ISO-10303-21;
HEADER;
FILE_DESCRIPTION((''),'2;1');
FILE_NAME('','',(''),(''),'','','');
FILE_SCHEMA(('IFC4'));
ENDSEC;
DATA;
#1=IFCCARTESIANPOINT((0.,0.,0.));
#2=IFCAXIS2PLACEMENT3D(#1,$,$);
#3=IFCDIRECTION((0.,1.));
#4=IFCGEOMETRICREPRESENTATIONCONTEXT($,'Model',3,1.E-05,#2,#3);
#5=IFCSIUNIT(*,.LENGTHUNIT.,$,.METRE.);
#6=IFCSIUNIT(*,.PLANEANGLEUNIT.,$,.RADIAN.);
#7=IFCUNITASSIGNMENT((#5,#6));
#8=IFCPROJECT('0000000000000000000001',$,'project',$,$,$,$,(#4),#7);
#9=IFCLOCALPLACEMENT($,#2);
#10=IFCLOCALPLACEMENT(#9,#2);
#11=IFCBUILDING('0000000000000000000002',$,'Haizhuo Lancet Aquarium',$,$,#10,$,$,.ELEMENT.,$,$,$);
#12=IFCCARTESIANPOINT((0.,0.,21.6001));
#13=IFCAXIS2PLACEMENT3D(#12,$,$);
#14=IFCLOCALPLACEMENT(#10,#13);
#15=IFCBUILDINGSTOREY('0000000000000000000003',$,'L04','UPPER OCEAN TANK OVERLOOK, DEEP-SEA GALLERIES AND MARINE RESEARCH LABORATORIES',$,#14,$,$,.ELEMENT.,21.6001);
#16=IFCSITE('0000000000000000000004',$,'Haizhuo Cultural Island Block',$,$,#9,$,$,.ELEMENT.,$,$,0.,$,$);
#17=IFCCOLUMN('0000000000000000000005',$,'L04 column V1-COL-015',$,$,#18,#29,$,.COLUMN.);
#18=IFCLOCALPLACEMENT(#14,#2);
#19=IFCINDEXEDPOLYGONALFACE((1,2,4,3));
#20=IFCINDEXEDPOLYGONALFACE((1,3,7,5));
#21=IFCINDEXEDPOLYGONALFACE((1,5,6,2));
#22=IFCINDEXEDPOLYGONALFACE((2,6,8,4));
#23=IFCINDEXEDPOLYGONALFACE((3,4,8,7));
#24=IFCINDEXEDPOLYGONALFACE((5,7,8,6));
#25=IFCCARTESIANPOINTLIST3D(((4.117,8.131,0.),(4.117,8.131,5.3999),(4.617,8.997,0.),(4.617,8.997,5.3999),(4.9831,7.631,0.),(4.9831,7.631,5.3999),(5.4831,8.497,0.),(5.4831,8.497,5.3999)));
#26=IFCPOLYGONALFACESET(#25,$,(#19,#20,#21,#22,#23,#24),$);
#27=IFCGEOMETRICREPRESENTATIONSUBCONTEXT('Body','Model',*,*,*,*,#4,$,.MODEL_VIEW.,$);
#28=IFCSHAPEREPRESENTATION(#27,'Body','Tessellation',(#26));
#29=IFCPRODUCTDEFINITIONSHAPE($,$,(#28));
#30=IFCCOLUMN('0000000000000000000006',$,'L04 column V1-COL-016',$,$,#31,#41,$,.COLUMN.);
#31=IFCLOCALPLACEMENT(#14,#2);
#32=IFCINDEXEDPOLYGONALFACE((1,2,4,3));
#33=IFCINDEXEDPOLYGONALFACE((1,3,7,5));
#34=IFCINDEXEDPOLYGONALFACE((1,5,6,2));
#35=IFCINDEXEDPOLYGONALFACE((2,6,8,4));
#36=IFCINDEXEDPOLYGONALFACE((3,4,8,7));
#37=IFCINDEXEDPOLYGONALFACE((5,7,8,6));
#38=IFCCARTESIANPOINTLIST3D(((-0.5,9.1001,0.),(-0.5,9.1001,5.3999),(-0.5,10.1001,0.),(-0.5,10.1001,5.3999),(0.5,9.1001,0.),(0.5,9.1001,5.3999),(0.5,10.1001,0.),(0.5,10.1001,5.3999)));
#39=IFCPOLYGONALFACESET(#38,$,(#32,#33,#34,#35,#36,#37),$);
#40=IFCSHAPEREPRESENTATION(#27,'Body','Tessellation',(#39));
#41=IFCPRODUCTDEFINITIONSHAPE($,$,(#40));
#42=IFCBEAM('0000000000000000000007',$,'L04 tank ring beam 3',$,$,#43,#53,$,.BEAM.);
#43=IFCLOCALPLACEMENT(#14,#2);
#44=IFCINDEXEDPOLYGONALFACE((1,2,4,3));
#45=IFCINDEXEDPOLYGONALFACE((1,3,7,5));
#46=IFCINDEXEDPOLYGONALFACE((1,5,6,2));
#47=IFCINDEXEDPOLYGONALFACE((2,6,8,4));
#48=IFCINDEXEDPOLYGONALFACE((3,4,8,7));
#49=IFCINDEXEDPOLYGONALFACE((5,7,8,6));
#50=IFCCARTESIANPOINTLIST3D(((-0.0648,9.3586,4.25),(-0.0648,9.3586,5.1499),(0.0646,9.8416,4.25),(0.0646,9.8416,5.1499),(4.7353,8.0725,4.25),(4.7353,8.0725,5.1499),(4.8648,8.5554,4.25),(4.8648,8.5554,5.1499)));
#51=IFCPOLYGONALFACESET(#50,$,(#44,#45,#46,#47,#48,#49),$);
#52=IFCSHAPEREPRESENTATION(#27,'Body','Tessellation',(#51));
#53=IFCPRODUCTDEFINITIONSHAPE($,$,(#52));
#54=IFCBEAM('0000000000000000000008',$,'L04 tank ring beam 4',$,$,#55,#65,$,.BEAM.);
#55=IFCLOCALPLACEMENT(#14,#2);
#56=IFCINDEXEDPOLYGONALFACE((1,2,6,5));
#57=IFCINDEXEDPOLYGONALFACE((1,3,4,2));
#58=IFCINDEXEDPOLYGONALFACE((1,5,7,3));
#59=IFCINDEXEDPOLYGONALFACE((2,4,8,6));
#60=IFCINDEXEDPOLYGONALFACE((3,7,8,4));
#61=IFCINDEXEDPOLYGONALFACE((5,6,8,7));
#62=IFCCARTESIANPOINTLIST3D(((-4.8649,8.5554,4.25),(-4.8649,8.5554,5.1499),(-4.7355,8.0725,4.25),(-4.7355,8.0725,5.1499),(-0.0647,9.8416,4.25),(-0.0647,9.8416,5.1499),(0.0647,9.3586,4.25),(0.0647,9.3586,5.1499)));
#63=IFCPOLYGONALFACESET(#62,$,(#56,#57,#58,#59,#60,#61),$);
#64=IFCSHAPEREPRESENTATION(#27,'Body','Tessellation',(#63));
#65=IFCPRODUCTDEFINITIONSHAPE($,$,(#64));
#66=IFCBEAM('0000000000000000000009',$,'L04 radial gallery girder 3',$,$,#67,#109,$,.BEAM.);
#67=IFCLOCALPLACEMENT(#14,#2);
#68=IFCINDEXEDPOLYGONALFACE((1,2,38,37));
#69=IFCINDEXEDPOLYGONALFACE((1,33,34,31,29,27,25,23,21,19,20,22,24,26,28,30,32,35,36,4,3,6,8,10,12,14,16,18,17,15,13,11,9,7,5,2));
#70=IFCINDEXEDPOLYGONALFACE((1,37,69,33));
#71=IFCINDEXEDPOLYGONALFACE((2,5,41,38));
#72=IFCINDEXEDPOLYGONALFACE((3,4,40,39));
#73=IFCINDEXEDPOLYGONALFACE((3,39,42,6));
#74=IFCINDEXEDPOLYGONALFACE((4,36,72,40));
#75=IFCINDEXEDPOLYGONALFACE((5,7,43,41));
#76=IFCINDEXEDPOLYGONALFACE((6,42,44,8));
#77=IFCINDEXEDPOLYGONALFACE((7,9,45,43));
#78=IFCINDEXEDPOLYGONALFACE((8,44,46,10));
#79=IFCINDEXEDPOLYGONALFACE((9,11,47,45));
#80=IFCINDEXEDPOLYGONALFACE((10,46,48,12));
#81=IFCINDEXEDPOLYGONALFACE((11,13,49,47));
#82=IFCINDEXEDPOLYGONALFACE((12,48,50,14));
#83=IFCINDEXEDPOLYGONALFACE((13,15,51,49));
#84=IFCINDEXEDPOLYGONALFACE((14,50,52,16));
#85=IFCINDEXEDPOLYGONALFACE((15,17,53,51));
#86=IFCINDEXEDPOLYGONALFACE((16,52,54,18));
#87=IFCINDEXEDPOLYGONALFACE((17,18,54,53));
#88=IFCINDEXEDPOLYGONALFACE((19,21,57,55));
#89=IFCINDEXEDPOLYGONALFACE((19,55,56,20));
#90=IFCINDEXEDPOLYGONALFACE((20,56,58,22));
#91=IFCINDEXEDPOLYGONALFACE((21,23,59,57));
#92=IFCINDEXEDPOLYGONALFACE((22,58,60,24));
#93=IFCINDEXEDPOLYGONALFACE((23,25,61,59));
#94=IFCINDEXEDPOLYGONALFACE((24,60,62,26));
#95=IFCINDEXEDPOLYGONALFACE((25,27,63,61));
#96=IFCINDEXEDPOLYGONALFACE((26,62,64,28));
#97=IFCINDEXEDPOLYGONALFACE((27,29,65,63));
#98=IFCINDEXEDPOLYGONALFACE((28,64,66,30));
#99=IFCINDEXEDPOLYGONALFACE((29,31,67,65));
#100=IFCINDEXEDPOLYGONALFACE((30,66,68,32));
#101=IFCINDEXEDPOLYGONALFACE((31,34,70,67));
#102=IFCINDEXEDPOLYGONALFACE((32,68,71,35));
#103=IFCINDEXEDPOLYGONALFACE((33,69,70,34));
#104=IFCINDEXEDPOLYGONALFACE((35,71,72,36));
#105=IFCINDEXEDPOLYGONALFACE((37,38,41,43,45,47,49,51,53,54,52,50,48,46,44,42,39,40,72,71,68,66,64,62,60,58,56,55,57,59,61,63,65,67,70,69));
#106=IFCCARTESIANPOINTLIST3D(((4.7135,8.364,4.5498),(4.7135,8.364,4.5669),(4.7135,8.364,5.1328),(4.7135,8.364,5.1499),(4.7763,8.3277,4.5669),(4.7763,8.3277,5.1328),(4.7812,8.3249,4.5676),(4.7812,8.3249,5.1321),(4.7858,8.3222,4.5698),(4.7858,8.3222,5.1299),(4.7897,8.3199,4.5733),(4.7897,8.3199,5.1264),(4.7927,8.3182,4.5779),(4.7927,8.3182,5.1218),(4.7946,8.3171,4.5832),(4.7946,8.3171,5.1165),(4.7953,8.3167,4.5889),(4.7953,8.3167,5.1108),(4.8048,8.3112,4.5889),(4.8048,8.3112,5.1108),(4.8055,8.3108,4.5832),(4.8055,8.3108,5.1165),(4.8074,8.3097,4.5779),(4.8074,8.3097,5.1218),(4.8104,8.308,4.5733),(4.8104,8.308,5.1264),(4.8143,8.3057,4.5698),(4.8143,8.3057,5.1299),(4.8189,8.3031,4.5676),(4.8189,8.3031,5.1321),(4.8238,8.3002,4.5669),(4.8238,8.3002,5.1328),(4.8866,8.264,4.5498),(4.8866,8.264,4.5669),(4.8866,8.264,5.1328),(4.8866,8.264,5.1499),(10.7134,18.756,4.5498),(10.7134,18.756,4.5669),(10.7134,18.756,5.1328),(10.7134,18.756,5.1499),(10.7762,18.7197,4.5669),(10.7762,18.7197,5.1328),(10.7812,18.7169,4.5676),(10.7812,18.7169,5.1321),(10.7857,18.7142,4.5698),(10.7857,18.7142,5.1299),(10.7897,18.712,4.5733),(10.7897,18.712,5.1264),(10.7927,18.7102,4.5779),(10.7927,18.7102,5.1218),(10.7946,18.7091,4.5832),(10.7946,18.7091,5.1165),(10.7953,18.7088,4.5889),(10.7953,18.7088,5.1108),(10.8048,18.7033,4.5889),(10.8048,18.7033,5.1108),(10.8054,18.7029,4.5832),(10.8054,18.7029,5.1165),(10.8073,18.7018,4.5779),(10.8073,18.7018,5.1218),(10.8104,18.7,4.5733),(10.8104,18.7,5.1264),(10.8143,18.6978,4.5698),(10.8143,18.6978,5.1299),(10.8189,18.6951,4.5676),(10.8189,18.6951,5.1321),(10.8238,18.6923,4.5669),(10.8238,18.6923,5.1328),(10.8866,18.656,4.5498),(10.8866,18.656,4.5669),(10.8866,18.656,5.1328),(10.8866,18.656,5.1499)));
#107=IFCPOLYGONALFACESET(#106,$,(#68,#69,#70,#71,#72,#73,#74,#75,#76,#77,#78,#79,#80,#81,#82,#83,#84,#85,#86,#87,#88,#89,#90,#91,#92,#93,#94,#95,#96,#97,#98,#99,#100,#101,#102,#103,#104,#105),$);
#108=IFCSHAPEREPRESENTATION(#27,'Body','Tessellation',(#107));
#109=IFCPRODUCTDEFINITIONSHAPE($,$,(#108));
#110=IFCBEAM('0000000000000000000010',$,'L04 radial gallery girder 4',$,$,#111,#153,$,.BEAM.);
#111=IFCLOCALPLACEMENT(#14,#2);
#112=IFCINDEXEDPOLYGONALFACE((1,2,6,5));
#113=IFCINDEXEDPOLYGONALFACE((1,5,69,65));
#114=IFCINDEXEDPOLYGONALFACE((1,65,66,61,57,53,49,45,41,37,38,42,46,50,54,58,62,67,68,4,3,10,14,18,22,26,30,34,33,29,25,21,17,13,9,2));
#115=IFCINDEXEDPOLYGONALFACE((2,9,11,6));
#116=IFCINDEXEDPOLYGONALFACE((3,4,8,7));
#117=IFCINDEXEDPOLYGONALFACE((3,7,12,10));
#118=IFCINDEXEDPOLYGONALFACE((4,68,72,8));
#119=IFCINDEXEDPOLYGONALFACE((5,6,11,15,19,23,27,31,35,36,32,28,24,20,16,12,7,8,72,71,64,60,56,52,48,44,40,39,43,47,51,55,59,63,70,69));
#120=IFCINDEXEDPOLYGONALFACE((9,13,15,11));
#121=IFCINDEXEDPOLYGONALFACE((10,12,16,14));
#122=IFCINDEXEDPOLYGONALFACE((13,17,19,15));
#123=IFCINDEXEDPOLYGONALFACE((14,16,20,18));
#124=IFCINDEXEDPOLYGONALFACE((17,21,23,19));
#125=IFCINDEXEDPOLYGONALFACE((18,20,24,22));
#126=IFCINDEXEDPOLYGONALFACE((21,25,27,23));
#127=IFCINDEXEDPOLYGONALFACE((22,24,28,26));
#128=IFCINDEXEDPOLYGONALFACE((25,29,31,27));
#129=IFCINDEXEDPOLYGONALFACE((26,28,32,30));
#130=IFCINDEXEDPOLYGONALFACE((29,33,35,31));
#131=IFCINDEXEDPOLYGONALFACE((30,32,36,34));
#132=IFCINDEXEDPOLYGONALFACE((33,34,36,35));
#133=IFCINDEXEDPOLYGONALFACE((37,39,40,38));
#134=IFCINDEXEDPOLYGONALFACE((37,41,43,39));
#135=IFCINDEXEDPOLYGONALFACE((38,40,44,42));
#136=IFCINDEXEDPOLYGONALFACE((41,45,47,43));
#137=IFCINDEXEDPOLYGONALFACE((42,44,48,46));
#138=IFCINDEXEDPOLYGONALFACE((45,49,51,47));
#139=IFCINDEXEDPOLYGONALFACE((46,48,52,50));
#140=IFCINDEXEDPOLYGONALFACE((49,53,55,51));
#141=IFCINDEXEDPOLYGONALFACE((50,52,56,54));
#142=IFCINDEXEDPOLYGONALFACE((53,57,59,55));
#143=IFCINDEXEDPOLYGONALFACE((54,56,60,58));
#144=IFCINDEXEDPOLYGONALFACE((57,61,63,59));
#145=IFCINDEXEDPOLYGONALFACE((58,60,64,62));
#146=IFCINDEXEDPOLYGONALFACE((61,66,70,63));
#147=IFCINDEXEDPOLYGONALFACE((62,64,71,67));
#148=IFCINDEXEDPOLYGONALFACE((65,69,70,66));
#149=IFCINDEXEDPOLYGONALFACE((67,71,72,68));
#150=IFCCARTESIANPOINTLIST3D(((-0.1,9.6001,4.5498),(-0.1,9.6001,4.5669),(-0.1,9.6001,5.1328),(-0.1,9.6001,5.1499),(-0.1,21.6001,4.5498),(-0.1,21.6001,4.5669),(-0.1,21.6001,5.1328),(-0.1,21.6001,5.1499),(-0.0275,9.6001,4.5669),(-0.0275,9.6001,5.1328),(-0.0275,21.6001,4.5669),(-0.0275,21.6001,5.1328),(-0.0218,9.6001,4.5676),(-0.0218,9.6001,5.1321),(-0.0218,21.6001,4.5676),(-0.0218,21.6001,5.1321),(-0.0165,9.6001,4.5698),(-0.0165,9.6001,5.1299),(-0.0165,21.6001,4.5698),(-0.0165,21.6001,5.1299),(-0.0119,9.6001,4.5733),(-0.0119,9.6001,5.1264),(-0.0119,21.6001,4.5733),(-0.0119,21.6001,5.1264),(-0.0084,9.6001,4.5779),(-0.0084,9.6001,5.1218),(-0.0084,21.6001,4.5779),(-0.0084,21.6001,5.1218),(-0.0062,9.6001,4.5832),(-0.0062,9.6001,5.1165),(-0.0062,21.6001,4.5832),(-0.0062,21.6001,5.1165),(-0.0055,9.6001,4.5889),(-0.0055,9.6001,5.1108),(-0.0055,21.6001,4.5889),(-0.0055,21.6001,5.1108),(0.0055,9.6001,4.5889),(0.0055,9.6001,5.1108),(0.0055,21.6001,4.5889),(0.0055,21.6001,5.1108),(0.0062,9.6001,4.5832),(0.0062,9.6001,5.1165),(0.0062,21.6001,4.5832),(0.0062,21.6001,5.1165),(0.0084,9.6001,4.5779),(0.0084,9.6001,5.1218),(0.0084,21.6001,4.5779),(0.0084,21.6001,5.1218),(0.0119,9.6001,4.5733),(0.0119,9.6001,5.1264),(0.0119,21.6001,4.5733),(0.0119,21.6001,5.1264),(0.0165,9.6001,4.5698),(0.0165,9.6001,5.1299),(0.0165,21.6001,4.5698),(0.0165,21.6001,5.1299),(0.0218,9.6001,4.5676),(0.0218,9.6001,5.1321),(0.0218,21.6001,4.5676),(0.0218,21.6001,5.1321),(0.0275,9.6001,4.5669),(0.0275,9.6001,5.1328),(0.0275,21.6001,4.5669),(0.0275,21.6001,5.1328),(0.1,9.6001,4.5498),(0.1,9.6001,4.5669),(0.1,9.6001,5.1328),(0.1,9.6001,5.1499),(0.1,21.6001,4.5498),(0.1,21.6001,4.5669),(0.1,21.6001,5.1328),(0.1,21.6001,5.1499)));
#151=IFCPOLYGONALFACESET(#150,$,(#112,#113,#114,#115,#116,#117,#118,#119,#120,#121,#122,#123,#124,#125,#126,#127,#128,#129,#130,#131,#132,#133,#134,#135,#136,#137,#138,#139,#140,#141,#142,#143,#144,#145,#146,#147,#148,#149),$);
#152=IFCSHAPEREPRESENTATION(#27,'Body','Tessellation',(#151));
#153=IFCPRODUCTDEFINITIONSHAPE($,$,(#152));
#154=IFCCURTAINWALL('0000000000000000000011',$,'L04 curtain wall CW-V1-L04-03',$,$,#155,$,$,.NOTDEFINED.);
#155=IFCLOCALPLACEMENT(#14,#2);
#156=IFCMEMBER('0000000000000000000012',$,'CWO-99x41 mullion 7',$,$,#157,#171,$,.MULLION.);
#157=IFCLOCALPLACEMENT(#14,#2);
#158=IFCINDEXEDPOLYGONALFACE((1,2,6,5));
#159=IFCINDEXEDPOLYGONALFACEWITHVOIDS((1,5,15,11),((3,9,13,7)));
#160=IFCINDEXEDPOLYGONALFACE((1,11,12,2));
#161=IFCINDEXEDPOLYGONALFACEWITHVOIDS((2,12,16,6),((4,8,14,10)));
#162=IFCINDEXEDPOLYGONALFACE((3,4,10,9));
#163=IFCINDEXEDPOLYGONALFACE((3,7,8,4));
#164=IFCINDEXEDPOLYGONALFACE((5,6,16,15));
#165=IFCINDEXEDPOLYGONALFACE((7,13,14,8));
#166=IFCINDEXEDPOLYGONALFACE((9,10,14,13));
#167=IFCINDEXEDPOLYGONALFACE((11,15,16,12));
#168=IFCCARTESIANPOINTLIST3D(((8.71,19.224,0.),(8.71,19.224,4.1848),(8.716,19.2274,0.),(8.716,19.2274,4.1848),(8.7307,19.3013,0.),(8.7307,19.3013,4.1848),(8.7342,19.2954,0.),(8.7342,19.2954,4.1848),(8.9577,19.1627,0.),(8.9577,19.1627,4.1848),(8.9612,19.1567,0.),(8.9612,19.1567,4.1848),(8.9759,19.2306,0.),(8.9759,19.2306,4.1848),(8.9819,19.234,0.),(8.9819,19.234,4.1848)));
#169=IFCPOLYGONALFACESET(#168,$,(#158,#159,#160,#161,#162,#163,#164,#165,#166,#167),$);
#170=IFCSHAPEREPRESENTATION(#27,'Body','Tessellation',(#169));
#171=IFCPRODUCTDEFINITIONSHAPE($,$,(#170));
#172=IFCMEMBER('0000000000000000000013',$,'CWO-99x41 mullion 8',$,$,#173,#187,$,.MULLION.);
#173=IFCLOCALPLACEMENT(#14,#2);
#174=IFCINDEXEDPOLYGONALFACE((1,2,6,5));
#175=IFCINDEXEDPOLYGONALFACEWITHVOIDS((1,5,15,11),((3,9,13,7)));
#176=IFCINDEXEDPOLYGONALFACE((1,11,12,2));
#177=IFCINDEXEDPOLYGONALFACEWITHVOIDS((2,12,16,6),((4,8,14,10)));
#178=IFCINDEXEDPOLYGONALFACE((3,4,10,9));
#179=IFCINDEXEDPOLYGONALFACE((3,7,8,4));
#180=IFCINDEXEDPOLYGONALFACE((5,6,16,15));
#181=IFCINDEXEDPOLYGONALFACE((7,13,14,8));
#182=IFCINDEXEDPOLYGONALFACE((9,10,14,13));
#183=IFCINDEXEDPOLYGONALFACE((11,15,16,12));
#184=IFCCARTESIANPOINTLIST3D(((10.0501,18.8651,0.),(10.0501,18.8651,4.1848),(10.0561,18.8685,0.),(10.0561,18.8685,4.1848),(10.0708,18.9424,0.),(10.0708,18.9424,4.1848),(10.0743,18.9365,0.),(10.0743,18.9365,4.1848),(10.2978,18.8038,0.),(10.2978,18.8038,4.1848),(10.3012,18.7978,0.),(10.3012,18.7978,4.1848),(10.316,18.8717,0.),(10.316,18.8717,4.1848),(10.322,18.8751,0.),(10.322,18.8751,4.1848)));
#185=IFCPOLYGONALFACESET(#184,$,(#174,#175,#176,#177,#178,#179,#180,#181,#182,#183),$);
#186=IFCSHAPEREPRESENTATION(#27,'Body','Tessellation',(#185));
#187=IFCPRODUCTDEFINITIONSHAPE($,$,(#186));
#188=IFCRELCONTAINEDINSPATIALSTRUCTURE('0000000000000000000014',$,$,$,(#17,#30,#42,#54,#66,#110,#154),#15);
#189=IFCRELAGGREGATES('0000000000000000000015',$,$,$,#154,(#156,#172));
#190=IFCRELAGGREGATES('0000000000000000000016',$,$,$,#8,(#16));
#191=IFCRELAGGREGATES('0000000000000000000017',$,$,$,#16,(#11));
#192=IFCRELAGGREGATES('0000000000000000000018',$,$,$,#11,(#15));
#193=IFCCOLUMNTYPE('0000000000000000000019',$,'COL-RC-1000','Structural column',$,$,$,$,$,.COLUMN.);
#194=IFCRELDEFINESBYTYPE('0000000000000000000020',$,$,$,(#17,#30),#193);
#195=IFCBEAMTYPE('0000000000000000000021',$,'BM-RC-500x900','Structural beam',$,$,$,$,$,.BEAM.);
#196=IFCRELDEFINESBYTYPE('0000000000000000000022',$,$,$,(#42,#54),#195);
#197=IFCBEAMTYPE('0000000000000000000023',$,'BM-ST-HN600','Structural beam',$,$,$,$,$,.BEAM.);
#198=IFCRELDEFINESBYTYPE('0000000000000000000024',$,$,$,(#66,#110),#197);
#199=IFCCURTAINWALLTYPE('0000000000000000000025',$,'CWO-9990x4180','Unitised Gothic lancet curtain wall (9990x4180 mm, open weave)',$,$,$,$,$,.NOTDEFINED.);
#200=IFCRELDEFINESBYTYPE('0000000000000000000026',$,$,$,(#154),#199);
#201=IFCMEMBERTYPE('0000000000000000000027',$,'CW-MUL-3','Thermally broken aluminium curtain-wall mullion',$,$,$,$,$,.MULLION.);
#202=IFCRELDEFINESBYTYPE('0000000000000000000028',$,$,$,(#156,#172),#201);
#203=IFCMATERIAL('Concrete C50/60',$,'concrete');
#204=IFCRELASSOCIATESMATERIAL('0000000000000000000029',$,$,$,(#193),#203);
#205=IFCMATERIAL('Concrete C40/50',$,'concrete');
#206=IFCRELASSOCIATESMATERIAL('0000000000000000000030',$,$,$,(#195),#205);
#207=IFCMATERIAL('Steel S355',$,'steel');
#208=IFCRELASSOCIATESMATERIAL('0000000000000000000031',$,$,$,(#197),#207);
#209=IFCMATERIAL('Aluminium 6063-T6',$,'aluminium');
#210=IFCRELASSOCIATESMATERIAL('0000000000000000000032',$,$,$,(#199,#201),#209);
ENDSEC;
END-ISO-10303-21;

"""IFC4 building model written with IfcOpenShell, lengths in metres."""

from ifc_helpers import new_model, si_unit, direction, frame, origin, origin_2d, place, context, subcontext, project, spatial, rectangle, hollow_rectangle, i_section, extrude, material, material_profile, profile_set, type_object, element, aggregate, save


model = new_model("IFC4")

# Units and contexts
model_context = context("Model", 3, precision=1e-05, world=origin(), true_north=direction((0.0, 1.0)))
body_context = subcontext(model_context, "Body", "Model", "MODEL_VIEW")
ifc_project = project(units=[si_unit("LENGTHUNIT", "METRE"), si_unit("PLANEANGLEUNIT", "RADIAN")], contexts=[model_context])

# Site, building, storey
site_placement = place(None, origin())
site = spatial("IfcSite", under=ifc_project, at=site_placement, Name="Haizhuo Cultural Island Block", CompositionType="ELEMENT", RefElevation=0.0)
building_placement = place(site_placement, origin())
building = spatial("IfcBuilding", under=site, at=building_placement, Name="Haizhuo Lancet Aquarium", CompositionType="ELEMENT")
storey_placement = place(building_placement, frame((0.0, 0.0, 21.6001)))
storey = spatial("IfcBuildingStorey", under=building, at=storey_placement, Name="L04", Description="UPPER OCEAN TANK OVERLOOK, DEEP-SEA GALLERIES AND MARINE RESEARCH LABORATORIES", CompositionType="ELEMENT", Elevation=21.6001)

# Columns
ifc_material_1 = material(Name="Concrete C50/60", Category="concrete")
ifc_material_profile_1 = material_profile(ifc_material_1, rectangle(XDim=1.0, YDim=1.0, at=origin_2d()), Name="RC-COL 1000x1000")
ifc_profile_set_1 = profile_set([ifc_material_profile_1], Name="Concrete C50/60")
column_type_1 = type_object("IfcColumnType", Name="COL-RC-1000", Description="Structural column", PredefinedType="COLUMN", material=ifc_profile_set_1)
for number, where, z_axis, x_axis, name in (
    (1, (4.8, 8.314, 0.0), (0.0, 0.0, 1.0), (0.5, 0.866025, 0.0), "L04 column V1-COL-015"),
    (2, (0.0, 9.6001, 0.0), (0.0, 0.0, 1.0), (0.0, 1.0, 0.0), "L04 column V1-COL-016"),
):
    element("IfcColumn", number, at=place(storey_placement, frame(where, z_axis=z_axis, x_axis=x_axis)), inside=storey, type_object=column_type_1, Name=name, PredefinedType="COLUMN", context=body_context, shape_type="SweptSolid", body=[
        extrude(rectangle(XDim=1.0, YDim=1.0, at=origin_2d()), origin(), (0.0, 0.0, 1.0), 5.3999),
    ])

# Beams
ifc_material_2 = material(Name="Concrete C40/50", Category="concrete")
ifc_material_profile_2 = material_profile(ifc_material_2, rectangle(XDim=0.5, YDim=0.8999, at=origin_2d()), Name="RC-BM 500x900")
ifc_profile_set_2 = profile_set([ifc_material_profile_2], Name="Concrete C40/50")
beam_type_1 = type_object("IfcBeamType", Name="BM-RC-500x900", Description="Structural beam", PredefinedType="BEAM", material=ifc_profile_set_2)
for number, where, z_axis, x_axis, name in (
    (3, (4.8, 8.314, 4.7), (-0.965928, 0.258812, 0.0), (-0.258812, -0.965928, 0.0), "L04 tank ring beam 3"),
    (4, (0.0, 9.6001, 4.7), (-0.965928, -0.258812, 0.0), (0.258812, -0.965928, 0.0), "L04 tank ring beam 4"),
):
    element("IfcBeam", number, at=place(storey_placement, frame(where, z_axis=z_axis, x_axis=x_axis)), inside=storey, type_object=beam_type_1, Name=name, PredefinedType="BEAM", context=body_context, shape_type="SweptSolid", body=[
        extrude(rectangle(XDim=0.5, YDim=0.8999, at=origin_2d()), origin(), (0.0, 0.0, 1.0), 4.9695),
    ])
ifc_material_3 = material(Name="Steel S355", Category="steel")
ifc_material_profile_3 = material_profile(ifc_material_3, i_section(OverallWidth=0.2, OverallDepth=0.6001, WebThickness=0.011, FlangeThickness=0.0171, FilletRadius=0.022, at=origin_2d()), Name="HN 600x200x11x17")
ifc_profile_set_3 = profile_set([ifc_material_profile_3], Name="Steel S355")
beam_type_2 = type_object("IfcBeamType", Name="BM-ST-HN600", Description="Structural beam", PredefinedType="BEAM", material=ifc_profile_set_3)
beam_1_placement = place(storey_placement, frame((4.8, 8.314, 4.8499), z_axis=(0.500008, 0.866021, 0.0), x_axis=(-0.866021, 0.500008, 0.0)))
element("IfcBeam", 5, at=beam_1_placement, inside=storey, type_object=beam_type_2, Name="L04 radial gallery girder 3", PredefinedType="BEAM", context=body_context, shape_type="SweptSolid", body=[
    extrude(i_section(OverallWidth=0.2, OverallDepth=0.6001, WebThickness=0.011, FlangeThickness=0.0171, FilletRadius=0.022, at=origin_2d()), origin(), (0.0, 0.0, 1.0), 11.9998),
])
beam_2_placement = place(storey_placement, frame((0.0, 9.6001, 4.8499), z_axis=(0.0, 1.0, 0.0), x_axis=(-1.0, 0.0, 0.0)))
element("IfcBeam", 6, at=beam_2_placement, inside=storey, type_object=beam_type_2, Name="L04 radial gallery girder 4", PredefinedType="BEAM", context=body_context, shape_type="SweptSolid", body=[
    extrude(i_section(OverallWidth=0.2, OverallDepth=0.6001, WebThickness=0.011, FlangeThickness=0.0171, FilletRadius=0.022, at=origin_2d()), origin(), (0.0, 0.0, 1.0), 12.0),
])

# Curtain wall, members
ifc_material_4 = material(Name="Aluminium 6063-T6", Category="aluminium")
curtain_wall_type = type_object("IfcCurtainWallType", Name="CWO-9990x4180", Description="Unitised Gothic lancet curtain wall (9990x4180 mm, open weave)", PredefinedType="NOTDEFINED", material=ifc_material_4)
curtain_wall_placement = place(storey_placement, origin())
curtain_wall = element("IfcCurtainWall", 7, at=curtain_wall_placement, inside=storey, type_object=curtain_wall_type, Name="L04 curtain wall CW-V1-L04-03", PredefinedType="NOTDEFINED")
ifc_material_profile_4 = material_profile(ifc_material_4, hollow_rectangle(XDim=0.0801, YDim=0.26, WallThickness=0.0049, at=origin_2d()), Name="ALU-M 80x260x5")
ifc_profile_set_4 = profile_set([ifc_material_profile_4], Name="Aluminium 6063-T6")
member_type_1 = type_object("IfcMemberType", Name="CW-MUL-3", Description="Thermally broken aluminium curtain-wall mullion", PredefinedType="MULLION", material=ifc_profile_set_4)
member_1_placement = place(storey_placement, frame((8.8459, 19.229, 0.0), z_axis=(0.0, 0.0, 1.0), x_axis=(0.258853, 0.965917, 0.0)))
member_1 = element("IfcMember", 8, at=member_1_placement, type_object=member_type_1, Name="CWO-99x41 mullion 7", PredefinedType="MULLION", context=body_context, shape_type="SweptSolid", body=[
    extrude(hollow_rectangle(XDim=0.0801, YDim=0.26, WallThickness=0.0049, at=origin_2d()), origin(), (0.0, 0.0, 1.0), 4.1848),
])
member_2_placement = place(storey_placement, frame((10.186, 18.8701, 0.0), z_axis=(0.0, 0.0, 1.0), x_axis=(0.258853, 0.965917, 0.0)))
member_2 = element("IfcMember", 9, at=member_2_placement, type_object=member_type_1, Name="CWO-99x41 mullion 8", PredefinedType="MULLION", context=body_context, shape_type="SweptSolid", body=[
    extrude(hollow_rectangle(XDim=0.0801, YDim=0.26, WallThickness=0.0049, at=origin_2d()), origin(), (0.0, 0.0, 1.0), 4.1848),
])

aggregate(curtain_wall, [member_1, member_2])

save(model, "model.ifc")
